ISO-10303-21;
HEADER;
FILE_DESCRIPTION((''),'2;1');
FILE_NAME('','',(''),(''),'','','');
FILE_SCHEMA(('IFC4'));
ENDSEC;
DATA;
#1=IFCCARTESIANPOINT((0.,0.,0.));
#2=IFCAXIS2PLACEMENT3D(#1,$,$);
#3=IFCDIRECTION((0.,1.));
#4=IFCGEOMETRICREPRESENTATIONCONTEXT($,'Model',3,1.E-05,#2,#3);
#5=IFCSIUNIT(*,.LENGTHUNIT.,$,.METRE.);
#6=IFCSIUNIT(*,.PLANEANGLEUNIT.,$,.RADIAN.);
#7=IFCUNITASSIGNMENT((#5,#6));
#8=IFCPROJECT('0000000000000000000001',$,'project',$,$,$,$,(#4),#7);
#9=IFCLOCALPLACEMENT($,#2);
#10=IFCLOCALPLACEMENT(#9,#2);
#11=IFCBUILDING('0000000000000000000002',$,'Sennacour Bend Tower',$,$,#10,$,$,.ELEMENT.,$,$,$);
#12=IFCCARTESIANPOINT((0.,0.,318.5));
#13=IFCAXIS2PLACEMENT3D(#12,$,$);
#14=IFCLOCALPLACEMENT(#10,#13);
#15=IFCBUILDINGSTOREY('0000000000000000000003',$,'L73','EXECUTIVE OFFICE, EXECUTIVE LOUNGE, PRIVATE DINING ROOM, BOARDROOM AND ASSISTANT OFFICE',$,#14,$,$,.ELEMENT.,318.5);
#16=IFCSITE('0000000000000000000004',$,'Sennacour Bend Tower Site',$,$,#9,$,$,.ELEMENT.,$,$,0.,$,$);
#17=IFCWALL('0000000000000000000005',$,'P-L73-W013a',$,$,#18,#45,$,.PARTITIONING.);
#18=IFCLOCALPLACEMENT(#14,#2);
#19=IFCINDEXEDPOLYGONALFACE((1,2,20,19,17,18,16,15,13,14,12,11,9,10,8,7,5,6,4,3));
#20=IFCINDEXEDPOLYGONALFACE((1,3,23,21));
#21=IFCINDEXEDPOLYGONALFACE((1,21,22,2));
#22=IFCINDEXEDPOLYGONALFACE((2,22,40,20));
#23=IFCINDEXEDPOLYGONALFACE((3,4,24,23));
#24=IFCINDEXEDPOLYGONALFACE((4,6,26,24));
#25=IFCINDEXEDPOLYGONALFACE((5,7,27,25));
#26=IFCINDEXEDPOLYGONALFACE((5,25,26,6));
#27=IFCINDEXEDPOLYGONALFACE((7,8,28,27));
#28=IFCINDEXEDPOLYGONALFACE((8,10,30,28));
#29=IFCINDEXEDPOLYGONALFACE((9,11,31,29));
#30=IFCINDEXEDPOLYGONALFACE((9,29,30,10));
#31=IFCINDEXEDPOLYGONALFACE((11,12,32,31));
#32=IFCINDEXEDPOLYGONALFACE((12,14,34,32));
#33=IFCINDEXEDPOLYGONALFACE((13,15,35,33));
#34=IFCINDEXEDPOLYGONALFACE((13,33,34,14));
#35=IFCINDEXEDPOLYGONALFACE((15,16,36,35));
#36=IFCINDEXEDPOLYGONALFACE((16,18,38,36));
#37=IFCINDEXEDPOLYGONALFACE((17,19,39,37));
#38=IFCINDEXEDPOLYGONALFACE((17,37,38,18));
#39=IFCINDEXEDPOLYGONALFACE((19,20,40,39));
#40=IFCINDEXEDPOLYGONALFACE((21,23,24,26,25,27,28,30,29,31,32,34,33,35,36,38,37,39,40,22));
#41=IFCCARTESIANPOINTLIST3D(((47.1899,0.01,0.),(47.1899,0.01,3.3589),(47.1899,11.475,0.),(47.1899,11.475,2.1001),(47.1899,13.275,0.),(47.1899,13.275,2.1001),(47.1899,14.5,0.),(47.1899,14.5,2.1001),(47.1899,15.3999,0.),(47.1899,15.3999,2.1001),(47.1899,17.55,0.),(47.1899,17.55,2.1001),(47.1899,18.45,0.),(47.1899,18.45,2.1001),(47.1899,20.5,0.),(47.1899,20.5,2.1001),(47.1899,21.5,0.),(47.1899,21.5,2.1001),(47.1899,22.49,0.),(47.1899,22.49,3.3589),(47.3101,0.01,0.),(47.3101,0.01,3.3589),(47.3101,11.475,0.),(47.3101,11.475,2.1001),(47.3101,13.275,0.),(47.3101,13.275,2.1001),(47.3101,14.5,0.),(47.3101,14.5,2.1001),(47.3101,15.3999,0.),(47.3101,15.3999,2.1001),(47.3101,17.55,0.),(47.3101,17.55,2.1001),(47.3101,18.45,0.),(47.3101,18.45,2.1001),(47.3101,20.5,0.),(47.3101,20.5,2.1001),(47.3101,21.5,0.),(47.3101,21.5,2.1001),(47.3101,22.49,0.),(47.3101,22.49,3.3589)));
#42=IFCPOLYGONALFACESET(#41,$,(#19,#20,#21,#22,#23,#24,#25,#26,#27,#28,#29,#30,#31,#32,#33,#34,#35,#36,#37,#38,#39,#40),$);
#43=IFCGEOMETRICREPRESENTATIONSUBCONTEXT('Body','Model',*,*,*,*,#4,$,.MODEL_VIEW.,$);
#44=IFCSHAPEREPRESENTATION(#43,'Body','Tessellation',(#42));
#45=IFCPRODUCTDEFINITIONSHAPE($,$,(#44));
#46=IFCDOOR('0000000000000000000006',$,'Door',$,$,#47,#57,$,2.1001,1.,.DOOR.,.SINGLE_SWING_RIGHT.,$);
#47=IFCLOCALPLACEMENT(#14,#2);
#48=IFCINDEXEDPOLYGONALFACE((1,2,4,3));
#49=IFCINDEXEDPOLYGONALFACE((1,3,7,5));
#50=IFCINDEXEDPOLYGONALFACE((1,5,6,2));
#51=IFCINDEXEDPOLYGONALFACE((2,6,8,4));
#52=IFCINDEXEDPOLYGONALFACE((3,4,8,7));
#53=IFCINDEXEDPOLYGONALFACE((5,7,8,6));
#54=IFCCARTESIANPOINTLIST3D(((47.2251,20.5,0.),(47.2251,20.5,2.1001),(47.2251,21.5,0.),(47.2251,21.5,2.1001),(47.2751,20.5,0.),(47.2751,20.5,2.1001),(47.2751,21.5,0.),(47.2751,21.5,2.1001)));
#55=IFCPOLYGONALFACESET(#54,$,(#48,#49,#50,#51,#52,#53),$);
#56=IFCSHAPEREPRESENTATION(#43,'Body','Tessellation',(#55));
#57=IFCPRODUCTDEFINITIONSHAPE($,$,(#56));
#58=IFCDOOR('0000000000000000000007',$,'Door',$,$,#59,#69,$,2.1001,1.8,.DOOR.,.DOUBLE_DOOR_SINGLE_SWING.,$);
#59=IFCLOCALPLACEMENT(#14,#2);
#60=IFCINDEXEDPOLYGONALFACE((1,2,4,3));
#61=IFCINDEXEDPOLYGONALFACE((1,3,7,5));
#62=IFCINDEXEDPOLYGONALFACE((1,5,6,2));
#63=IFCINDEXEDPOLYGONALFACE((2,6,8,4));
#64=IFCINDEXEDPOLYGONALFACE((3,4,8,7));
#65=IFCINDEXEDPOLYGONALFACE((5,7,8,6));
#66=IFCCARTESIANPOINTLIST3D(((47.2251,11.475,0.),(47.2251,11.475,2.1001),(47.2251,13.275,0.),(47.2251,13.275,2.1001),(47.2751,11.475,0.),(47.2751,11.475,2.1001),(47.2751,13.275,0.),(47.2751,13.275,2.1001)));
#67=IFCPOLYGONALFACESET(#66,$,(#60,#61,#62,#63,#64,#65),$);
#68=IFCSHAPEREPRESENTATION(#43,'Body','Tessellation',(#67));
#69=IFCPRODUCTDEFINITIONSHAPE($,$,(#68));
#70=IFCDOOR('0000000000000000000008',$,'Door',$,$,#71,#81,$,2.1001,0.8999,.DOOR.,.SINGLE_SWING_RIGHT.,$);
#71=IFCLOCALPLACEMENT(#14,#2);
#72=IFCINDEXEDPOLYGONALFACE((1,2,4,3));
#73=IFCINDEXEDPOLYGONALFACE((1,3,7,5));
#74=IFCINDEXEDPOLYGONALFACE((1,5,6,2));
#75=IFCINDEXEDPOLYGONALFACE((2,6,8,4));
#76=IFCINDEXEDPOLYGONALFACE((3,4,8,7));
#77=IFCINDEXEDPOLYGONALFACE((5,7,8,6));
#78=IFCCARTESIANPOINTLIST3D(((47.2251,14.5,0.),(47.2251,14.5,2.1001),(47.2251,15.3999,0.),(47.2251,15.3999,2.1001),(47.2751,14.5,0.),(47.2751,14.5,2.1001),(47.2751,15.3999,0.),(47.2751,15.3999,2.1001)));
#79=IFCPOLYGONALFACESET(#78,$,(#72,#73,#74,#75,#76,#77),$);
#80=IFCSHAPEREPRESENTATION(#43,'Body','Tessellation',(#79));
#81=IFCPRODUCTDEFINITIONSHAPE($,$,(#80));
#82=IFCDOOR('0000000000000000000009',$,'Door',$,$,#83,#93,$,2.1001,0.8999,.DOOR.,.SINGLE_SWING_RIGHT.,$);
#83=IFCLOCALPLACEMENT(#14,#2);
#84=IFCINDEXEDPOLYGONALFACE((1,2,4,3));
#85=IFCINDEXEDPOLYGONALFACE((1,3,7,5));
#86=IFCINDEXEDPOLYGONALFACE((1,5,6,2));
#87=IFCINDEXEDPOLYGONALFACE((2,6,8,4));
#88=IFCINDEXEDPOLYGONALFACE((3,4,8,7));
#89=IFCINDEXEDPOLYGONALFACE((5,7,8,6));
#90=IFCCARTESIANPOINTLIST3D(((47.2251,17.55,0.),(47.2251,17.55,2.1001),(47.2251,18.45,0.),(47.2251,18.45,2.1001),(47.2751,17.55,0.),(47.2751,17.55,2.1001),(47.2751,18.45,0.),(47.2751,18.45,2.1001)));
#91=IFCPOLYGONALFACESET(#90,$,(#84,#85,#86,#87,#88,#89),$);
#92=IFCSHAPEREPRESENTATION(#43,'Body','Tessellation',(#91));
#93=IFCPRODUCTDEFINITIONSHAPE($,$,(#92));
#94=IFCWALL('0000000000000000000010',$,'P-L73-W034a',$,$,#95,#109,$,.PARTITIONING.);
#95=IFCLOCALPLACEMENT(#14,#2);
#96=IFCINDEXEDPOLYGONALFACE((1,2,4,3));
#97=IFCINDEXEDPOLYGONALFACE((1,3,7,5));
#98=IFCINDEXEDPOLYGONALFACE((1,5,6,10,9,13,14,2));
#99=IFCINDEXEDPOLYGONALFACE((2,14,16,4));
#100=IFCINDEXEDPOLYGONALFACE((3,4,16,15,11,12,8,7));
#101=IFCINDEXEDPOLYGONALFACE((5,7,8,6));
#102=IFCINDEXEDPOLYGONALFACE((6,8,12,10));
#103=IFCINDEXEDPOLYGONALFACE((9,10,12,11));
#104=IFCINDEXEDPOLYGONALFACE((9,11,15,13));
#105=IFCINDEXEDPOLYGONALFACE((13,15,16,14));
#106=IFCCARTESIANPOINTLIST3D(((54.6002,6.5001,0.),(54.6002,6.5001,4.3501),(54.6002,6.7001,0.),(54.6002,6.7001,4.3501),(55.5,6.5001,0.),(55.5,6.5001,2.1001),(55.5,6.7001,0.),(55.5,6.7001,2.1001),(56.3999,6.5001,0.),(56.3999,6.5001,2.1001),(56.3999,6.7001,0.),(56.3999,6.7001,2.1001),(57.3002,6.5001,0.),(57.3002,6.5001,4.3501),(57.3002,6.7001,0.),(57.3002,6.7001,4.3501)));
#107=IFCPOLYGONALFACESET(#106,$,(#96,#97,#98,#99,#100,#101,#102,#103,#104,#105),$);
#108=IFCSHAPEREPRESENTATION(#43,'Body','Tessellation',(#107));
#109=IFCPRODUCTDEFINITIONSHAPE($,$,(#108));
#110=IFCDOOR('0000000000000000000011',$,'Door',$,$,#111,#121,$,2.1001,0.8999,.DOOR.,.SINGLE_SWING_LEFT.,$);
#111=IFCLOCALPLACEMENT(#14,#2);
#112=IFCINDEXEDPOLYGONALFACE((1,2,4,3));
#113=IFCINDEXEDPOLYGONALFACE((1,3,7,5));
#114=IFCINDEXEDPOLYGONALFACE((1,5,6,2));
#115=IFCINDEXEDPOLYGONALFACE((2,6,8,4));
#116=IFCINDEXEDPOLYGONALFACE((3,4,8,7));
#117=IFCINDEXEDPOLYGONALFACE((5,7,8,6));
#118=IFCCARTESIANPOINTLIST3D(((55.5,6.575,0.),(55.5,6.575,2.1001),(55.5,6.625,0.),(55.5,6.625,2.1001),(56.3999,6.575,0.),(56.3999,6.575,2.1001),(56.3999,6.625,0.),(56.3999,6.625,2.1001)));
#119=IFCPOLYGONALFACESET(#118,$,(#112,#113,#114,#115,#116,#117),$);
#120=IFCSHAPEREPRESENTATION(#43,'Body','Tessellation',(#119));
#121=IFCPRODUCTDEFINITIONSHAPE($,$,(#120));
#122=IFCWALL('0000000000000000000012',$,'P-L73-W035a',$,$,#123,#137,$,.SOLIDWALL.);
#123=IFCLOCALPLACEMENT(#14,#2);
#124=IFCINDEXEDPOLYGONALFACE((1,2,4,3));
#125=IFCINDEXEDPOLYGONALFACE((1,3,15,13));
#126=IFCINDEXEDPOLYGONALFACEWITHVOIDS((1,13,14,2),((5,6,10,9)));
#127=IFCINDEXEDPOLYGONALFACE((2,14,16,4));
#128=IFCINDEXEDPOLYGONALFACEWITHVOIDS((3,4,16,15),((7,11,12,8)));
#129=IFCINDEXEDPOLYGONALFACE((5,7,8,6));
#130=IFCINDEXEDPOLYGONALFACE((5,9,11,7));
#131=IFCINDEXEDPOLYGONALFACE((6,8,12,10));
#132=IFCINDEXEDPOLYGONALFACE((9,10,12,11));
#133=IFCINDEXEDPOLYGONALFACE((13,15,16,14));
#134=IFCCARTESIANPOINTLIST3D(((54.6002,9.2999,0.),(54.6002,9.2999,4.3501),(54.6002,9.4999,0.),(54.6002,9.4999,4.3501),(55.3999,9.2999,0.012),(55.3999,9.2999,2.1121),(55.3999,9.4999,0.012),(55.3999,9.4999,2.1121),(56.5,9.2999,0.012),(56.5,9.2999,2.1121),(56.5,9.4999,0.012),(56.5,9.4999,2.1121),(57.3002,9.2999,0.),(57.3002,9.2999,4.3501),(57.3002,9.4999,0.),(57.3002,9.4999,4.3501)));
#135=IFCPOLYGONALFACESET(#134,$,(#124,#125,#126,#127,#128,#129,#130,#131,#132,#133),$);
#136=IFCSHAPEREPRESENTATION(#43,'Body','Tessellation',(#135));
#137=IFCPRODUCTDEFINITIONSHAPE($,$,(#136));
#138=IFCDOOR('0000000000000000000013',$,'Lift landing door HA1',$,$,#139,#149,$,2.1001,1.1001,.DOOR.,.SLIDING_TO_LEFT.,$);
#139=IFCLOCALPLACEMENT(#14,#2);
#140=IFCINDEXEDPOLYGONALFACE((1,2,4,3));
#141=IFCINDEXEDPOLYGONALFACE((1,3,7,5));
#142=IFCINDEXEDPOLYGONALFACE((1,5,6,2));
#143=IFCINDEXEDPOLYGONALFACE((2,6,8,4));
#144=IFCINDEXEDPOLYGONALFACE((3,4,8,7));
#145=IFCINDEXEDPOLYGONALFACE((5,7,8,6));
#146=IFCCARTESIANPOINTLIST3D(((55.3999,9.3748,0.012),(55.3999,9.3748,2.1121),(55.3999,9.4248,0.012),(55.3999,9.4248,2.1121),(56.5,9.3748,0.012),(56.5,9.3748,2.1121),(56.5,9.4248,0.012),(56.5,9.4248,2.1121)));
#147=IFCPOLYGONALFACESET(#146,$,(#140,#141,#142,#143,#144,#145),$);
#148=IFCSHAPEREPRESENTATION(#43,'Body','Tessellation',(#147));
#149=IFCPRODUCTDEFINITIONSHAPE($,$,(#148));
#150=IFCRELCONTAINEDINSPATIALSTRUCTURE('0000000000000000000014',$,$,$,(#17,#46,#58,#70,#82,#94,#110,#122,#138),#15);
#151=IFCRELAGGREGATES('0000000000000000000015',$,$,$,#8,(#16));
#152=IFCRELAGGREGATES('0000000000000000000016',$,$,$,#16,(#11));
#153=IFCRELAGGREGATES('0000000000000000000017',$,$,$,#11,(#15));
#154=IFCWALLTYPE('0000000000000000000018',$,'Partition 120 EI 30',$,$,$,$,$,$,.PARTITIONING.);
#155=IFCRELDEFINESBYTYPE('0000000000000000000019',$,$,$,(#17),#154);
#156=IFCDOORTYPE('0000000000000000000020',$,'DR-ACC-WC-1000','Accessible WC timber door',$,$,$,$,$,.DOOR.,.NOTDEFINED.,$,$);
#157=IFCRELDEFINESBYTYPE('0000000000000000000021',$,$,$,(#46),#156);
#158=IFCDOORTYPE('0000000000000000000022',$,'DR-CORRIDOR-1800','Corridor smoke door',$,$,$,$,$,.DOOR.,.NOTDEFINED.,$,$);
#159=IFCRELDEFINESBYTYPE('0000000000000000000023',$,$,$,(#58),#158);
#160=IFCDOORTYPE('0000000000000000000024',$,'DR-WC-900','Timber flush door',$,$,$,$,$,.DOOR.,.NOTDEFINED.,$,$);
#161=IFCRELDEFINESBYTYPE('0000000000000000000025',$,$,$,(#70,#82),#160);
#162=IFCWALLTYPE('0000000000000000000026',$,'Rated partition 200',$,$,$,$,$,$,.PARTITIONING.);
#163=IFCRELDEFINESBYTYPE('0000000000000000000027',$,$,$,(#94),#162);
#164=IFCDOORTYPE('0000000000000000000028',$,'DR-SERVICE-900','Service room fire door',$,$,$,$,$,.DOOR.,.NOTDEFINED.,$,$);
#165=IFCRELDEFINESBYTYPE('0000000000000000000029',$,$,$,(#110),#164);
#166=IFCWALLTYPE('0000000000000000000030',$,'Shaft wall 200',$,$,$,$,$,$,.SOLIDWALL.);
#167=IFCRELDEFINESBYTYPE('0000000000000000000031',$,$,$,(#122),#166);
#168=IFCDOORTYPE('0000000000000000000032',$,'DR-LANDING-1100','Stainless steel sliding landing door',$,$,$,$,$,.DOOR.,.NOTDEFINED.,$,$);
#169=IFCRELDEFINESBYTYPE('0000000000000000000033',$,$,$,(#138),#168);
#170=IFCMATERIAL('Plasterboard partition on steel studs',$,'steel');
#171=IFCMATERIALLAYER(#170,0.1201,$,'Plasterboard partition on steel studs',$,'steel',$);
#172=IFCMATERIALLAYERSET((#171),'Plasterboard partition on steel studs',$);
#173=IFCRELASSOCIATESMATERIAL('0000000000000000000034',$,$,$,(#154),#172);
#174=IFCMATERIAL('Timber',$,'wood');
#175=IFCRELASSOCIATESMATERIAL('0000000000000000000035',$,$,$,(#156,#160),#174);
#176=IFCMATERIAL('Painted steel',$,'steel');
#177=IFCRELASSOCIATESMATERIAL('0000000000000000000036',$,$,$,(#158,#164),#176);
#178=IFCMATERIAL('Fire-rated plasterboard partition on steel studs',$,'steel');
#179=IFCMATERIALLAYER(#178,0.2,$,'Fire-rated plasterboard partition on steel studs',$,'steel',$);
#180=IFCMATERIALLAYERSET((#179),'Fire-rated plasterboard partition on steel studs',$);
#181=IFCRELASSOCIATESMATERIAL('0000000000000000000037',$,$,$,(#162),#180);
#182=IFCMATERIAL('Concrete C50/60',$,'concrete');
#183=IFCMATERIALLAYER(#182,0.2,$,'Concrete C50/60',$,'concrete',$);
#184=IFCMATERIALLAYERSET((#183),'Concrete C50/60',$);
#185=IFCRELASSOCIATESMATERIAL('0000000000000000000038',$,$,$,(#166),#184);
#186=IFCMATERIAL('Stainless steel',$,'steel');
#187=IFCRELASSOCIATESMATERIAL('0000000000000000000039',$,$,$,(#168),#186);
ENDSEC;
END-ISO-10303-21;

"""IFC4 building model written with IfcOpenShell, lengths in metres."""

from ifc_helpers import new_model, si_unit, direction, frame, frame_2d, origin, place, context, subcontext, project, spatial, rectangle, extrude, material, layer, layer_set, type_object, element, fill, save


model = new_model("IFC4")

# Units and contexts
model_context = context("Model", 3, precision=1e-05, world=origin(), true_north=direction((0.0, 1.0)))
body_context = subcontext(model_context, "Body", "Model", "MODEL_VIEW")
ifc_project = project(units=[si_unit("LENGTHUNIT", "METRE"), si_unit("PLANEANGLEUNIT", "RADIAN")], contexts=[model_context])

# Site, building, storey
site_placement = place(None, origin())
site = spatial("IfcSite", under=ifc_project, at=site_placement, Name="Sennacour Bend Tower Site", CompositionType="ELEMENT", RefElevation=0.0)
building_placement = place(site_placement, origin())
building = spatial("IfcBuilding", under=site, at=building_placement, Name="Sennacour Bend Tower", CompositionType="ELEMENT")
storey_placement = place(building_placement, frame((0.0, 0.0, 318.5)))
storey = spatial("IfcBuildingStorey", under=building, at=storey_placement, Name="L73", Description="EXECUTIVE OFFICE, EXECUTIVE LOUNGE, PRIVATE DINING ROOM, BOARDROOM AND ASSISTANT OFFICE", CompositionType="ELEMENT", Elevation=318.5)

# Wall, openings, doors
ifc_material_1 = material(Name="Concrete C50/60", Category="concrete")
ifc_material_2 = material(Name="Painted steel", Category="steel")
ifc_material_3 = material(Name="Plasterboard partition on steel studs", Category="steel")
ifc_layer_1 = layer(ifc_material_3, 0.1201, Name="Plasterboard partition on steel studs", Category="steel")
ifc_layer_set_1 = layer_set([ifc_layer_1], Name="Plasterboard partition on steel studs")
wall_type_1 = type_object("IfcWallType", Name="Partition 120 EI 30", PredefinedType="PARTITIONING", material=ifc_layer_set_1)
wall_1_placement = place(storey_placement, frame((47.25, 0.01, 0.0), z_axis=(0.0, 0.0, 1.0), x_axis=(0.0, 1.0, 0.0)))
wall_1 = element("IfcWall", 1, at=wall_1_placement, inside=storey, type_object=wall_type_1, Name="P-L73-W013a", PredefinedType="PARTITIONING", context=body_context, shape_type="SweptSolid", body=[
    extrude(rectangle(XDim=22.48, YDim=0.1201, at=frame_2d((11.24, 0.0))), origin(), (0.0, 0.0, 1.0), 3.3589),
])
opening_1_placement = place(wall_1_placement, frame((11.4651, 0.0, 0.0)))
opening_1 = element("IfcOpeningElement", 2, at=opening_1_placement, cuts=wall_1, PredefinedType="OPENING", context=body_context, shape_type="SweptSolid", body=[
    extrude(rectangle(XDim=1.8, YDim=2.1001, at=frame_2d((0.8999, 1.05))), frame((0.0, 0.0701, 0.0), z_axis=(0.0, -1.0, 0.0), x_axis=(1.0, 0.0, 0.0)), (0.0, 0.0, 1.0), 0.1401),
])
opening_2_placement = place(wall_1_placement, frame((14.49, 0.0, 0.0)))
opening_2 = element("IfcOpeningElement", 3, at=opening_2_placement, cuts=wall_1, PredefinedType="OPENING", context=body_context, shape_type="SweptSolid", body=[
    extrude(rectangle(XDim=0.8999, YDim=2.1001, at=frame_2d((0.45, 1.05))), frame((0.0, 0.0701, 0.0), z_axis=(0.0, -1.0, 0.0), x_axis=(1.0, 0.0, 0.0)), (0.0, 0.0, 1.0), 0.1401),
])
opening_3_placement = place(wall_1_placement, frame((17.54, 0.0, 0.0)))
opening_3 = element("IfcOpeningElement", 4, at=opening_3_placement, cuts=wall_1, PredefinedType="OPENING", context=body_context, shape_type="SweptSolid", body=[
    extrude(rectangle(XDim=0.8999, YDim=2.1001, at=frame_2d((0.45, 1.05))), frame((0.0, 0.0701, 0.0), z_axis=(0.0, -1.0, 0.0), x_axis=(1.0, 0.0, 0.0)), (0.0, 0.0, 1.0), 0.1401),
])
opening_4_placement = place(wall_1_placement, frame((20.49, 0.0, 0.0)))
opening_4 = element("IfcOpeningElement", 5, at=opening_4_placement, cuts=wall_1, PredefinedType="OPENING", context=body_context, shape_type="SweptSolid", body=[
    extrude(rectangle(XDim=1.0, YDim=2.1001, at=frame_2d((0.5, 1.05))), frame((0.0, 0.0701, 0.0), z_axis=(0.0, -1.0, 0.0), x_axis=(1.0, 0.0, 0.0)), (0.0, 0.0, 1.0), 0.1401),
])
ifc_material_4 = material(Name="Timber", Category="wood")
door_type_1 = type_object("IfcDoorType", Name="DR-ACC-WC-1000", Description="Accessible WC timber door", OperationType="NOTDEFINED", PredefinedType="DOOR", material=ifc_material_4)
door_1_placement = place(opening_4_placement, origin())
door_1 = element("IfcDoor", 6, at=door_1_placement, inside=storey, type_object=door_type_1, Name="Door", OperationType="SINGLE_SWING_RIGHT", OverallHeight=2.1001, OverallWidth=1.0, PredefinedType="DOOR", context=body_context, shape_type="SweptSolid", body=[
    extrude(rectangle(XDim=1.0, YDim=2.1001, at=frame_2d((0.5, 1.05))), frame((0.0, 0.0249, 0.0), z_axis=(0.0, -1.0, 0.0), x_axis=(1.0, 0.0, 0.0)), (0.0, 0.0, 1.0), 0.05),
])
fill(opening_4, door_1)
door_type_2 = type_object("IfcDoorType", Name="DR-CORRIDOR-1800", Description="Corridor smoke door", OperationType="NOTDEFINED", PredefinedType="DOOR", material=ifc_material_2)
door_2_placement = place(opening_1_placement, origin())
door_2 = element("IfcDoor", 7, at=door_2_placement, inside=storey, type_object=door_type_2, Name="Door", OperationType="DOUBLE_DOOR_SINGLE_SWING", OverallHeight=2.1001, OverallWidth=1.8, PredefinedType="DOOR", context=body_context, shape_type="SweptSolid", body=[
    extrude(rectangle(XDim=1.8, YDim=2.1001, at=frame_2d((0.8999, 1.05))), frame((0.0, 0.0249, 0.0), z_axis=(0.0, -1.0, 0.0), x_axis=(1.0, 0.0, 0.0)), (0.0, 0.0, 1.0), 0.05),
])
fill(opening_1, door_2)
door_type_3 = type_object("IfcDoorType", Name="DR-WC-900", Description="Timber flush door", OperationType="NOTDEFINED", PredefinedType="DOOR", material=ifc_material_4)
door_3_placement = place(opening_2_placement, origin())
door_3 = element("IfcDoor", 8, at=door_3_placement, inside=storey, type_object=door_type_3, Name="Door", OperationType="SINGLE_SWING_RIGHT", OverallHeight=2.1001, OverallWidth=0.8999, PredefinedType="DOOR", context=body_context, shape_type="SweptSolid", body=[
    extrude(rectangle(XDim=0.8999, YDim=2.1001, at=frame_2d((0.45, 1.05))), frame((0.0, 0.0249, 0.0), z_axis=(0.0, -1.0, 0.0), x_axis=(1.0, 0.0, 0.0)), (0.0, 0.0, 1.0), 0.05),
])
fill(opening_2, door_3)
door_4_placement = place(opening_3_placement, origin())
door_4 = element("IfcDoor", 9, at=door_4_placement, inside=storey, type_object=door_type_3, Name="Door", OperationType="SINGLE_SWING_RIGHT", OverallHeight=2.1001, OverallWidth=0.8999, PredefinedType="DOOR", context=body_context, shape_type="SweptSolid", body=[
    extrude(rectangle(XDim=0.8999, YDim=2.1001, at=frame_2d((0.45, 1.05))), frame((0.0, 0.0249, 0.0), z_axis=(0.0, -1.0, 0.0), x_axis=(1.0, 0.0, 0.0)), (0.0, 0.0, 1.0), 0.05),
])
fill(opening_3, door_4)

# Walls, openings, doors
ifc_material_5 = material(Name="Fire-rated plasterboard partition on steel studs", Category="steel")
ifc_layer_2 = layer(ifc_material_5, 0.2, Name="Fire-rated plasterboard partition on steel studs", Category="steel")
ifc_layer_set_2 = layer_set([ifc_layer_2], Name="Fire-rated plasterboard partition on steel studs")
wall_type_2 = type_object("IfcWallType", Name="Rated partition 200", PredefinedType="PARTITIONING", material=ifc_layer_set_2)
wall_2_placement = place(storey_placement, frame((54.6001, 6.6001, 0.0), z_axis=(0.0, 0.0, 1.0), x_axis=(1.0, 0.0, 0.0)))
wall_2 = element("IfcWall", 10, at=wall_2_placement, inside=storey, type_object=wall_type_2, Name="P-L73-W034a", PredefinedType="PARTITIONING", context=body_context, shape_type="SweptSolid", body=[
    extrude(rectangle(XDim=2.7, YDim=0.2, at=frame_2d((1.3501, 0.0))), origin(), (0.0, 0.0, 1.0), 4.3501),
])
opening_5_placement = place(wall_2_placement, frame((0.8999, 0.0, 0.0)))
opening_5 = element("IfcOpeningElement", 11, at=opening_5_placement, cuts=wall_2, PredefinedType="OPENING", context=body_context, shape_type="SweptSolid", body=[
    extrude(rectangle(XDim=0.8999, YDim=2.1001, at=frame_2d((0.45, 1.05))), frame((0.0, 0.1099, 0.0), z_axis=(0.0, -1.0, 0.0), x_axis=(1.0, 0.0, 0.0)), (0.0, 0.0, 1.0), 0.22),
])
door_type_4 = type_object("IfcDoorType", Name="DR-SERVICE-900", Description="Service room fire door", OperationType="NOTDEFINED", PredefinedType="DOOR", material=ifc_material_2)
door_5_placement = place(opening_5_placement, origin())
door_5 = element("IfcDoor", 12, at=door_5_placement, inside=storey, type_object=door_type_4, Name="Door", OperationType="SINGLE_SWING_LEFT", OverallHeight=2.1001, OverallWidth=0.8999, PredefinedType="DOOR", context=body_context, shape_type="SweptSolid", body=[
    extrude(rectangle(XDim=0.8999, YDim=2.1001, at=frame_2d((0.45, 1.05))), frame((0.0, 0.0249, 0.0), z_axis=(0.0, -1.0, 0.0), x_axis=(1.0, 0.0, 0.0)), (0.0, 0.0, 1.0), 0.05),
])
fill(opening_5, door_5)
ifc_layer_3 = layer(ifc_material_1, 0.2, Name="Concrete C50/60", Category="concrete")
ifc_layer_set_3 = layer_set([ifc_layer_3], Name="Concrete C50/60")
wall_type_3 = type_object("IfcWallType", Name="Shaft wall 200", PredefinedType="SOLIDWALL", material=ifc_layer_set_3)
wall_3_placement = place(storey_placement, frame((54.6001, 9.3999, 0.0), z_axis=(0.0, 0.0, 1.0), x_axis=(1.0, 0.0, 0.0)))
wall_3 = element("IfcWall", 13, at=wall_3_placement, inside=storey, type_object=wall_type_3, Name="P-L73-W035a", PredefinedType="SOLIDWALL", context=body_context, shape_type="SweptSolid", body=[
    extrude(rectangle(XDim=2.7, YDim=0.2, at=frame_2d((1.3501, 0.0))), origin(), (0.0, 0.0, 1.0), 4.3501),
])
opening_6_placement = place(wall_3_placement, frame((0.7998, 0.0, 0.012)))
opening_6 = element("IfcOpeningElement", 14, at=opening_6_placement, cuts=wall_3, PredefinedType="OPENING", context=body_context, shape_type="SweptSolid", body=[
    extrude(rectangle(XDim=1.1001, YDim=2.1001, at=frame_2d((0.55, 1.05))), frame((0.0, 0.1099, 0.0), z_axis=(0.0, -1.0, 0.0), x_axis=(1.0, 0.0, 0.0)), (0.0, 0.0, 1.0), 0.22),
])
ifc_material_6 = material(Name="Stainless steel", Category="steel")
door_type_5 = type_object("IfcDoorType", Name="DR-LANDING-1100", Description="Stainless steel sliding landing door", OperationType="NOTDEFINED", PredefinedType="DOOR", material=ifc_material_6)
door_6_placement = place(opening_6_placement, origin())
door_6 = element("IfcDoor", 15, at=door_6_placement, inside=storey, type_object=door_type_5, Name="Lift landing door HA1", OperationType="SLIDING_TO_LEFT", OverallHeight=2.1001, OverallWidth=1.1001, PredefinedType="DOOR", context=body_context, shape_type="SweptSolid", body=[
    extrude(rectangle(XDim=1.1001, YDim=2.1001, at=frame_2d((0.55, 1.05))), frame((0.0, 0.0249, 0.0), z_axis=(0.0, -1.0, 0.0), x_axis=(1.0, 0.0, 0.0)), (0.0, 0.0, 1.0), 0.05),
])
fill(opening_6, door_6)

save(model, "model.ifc")
